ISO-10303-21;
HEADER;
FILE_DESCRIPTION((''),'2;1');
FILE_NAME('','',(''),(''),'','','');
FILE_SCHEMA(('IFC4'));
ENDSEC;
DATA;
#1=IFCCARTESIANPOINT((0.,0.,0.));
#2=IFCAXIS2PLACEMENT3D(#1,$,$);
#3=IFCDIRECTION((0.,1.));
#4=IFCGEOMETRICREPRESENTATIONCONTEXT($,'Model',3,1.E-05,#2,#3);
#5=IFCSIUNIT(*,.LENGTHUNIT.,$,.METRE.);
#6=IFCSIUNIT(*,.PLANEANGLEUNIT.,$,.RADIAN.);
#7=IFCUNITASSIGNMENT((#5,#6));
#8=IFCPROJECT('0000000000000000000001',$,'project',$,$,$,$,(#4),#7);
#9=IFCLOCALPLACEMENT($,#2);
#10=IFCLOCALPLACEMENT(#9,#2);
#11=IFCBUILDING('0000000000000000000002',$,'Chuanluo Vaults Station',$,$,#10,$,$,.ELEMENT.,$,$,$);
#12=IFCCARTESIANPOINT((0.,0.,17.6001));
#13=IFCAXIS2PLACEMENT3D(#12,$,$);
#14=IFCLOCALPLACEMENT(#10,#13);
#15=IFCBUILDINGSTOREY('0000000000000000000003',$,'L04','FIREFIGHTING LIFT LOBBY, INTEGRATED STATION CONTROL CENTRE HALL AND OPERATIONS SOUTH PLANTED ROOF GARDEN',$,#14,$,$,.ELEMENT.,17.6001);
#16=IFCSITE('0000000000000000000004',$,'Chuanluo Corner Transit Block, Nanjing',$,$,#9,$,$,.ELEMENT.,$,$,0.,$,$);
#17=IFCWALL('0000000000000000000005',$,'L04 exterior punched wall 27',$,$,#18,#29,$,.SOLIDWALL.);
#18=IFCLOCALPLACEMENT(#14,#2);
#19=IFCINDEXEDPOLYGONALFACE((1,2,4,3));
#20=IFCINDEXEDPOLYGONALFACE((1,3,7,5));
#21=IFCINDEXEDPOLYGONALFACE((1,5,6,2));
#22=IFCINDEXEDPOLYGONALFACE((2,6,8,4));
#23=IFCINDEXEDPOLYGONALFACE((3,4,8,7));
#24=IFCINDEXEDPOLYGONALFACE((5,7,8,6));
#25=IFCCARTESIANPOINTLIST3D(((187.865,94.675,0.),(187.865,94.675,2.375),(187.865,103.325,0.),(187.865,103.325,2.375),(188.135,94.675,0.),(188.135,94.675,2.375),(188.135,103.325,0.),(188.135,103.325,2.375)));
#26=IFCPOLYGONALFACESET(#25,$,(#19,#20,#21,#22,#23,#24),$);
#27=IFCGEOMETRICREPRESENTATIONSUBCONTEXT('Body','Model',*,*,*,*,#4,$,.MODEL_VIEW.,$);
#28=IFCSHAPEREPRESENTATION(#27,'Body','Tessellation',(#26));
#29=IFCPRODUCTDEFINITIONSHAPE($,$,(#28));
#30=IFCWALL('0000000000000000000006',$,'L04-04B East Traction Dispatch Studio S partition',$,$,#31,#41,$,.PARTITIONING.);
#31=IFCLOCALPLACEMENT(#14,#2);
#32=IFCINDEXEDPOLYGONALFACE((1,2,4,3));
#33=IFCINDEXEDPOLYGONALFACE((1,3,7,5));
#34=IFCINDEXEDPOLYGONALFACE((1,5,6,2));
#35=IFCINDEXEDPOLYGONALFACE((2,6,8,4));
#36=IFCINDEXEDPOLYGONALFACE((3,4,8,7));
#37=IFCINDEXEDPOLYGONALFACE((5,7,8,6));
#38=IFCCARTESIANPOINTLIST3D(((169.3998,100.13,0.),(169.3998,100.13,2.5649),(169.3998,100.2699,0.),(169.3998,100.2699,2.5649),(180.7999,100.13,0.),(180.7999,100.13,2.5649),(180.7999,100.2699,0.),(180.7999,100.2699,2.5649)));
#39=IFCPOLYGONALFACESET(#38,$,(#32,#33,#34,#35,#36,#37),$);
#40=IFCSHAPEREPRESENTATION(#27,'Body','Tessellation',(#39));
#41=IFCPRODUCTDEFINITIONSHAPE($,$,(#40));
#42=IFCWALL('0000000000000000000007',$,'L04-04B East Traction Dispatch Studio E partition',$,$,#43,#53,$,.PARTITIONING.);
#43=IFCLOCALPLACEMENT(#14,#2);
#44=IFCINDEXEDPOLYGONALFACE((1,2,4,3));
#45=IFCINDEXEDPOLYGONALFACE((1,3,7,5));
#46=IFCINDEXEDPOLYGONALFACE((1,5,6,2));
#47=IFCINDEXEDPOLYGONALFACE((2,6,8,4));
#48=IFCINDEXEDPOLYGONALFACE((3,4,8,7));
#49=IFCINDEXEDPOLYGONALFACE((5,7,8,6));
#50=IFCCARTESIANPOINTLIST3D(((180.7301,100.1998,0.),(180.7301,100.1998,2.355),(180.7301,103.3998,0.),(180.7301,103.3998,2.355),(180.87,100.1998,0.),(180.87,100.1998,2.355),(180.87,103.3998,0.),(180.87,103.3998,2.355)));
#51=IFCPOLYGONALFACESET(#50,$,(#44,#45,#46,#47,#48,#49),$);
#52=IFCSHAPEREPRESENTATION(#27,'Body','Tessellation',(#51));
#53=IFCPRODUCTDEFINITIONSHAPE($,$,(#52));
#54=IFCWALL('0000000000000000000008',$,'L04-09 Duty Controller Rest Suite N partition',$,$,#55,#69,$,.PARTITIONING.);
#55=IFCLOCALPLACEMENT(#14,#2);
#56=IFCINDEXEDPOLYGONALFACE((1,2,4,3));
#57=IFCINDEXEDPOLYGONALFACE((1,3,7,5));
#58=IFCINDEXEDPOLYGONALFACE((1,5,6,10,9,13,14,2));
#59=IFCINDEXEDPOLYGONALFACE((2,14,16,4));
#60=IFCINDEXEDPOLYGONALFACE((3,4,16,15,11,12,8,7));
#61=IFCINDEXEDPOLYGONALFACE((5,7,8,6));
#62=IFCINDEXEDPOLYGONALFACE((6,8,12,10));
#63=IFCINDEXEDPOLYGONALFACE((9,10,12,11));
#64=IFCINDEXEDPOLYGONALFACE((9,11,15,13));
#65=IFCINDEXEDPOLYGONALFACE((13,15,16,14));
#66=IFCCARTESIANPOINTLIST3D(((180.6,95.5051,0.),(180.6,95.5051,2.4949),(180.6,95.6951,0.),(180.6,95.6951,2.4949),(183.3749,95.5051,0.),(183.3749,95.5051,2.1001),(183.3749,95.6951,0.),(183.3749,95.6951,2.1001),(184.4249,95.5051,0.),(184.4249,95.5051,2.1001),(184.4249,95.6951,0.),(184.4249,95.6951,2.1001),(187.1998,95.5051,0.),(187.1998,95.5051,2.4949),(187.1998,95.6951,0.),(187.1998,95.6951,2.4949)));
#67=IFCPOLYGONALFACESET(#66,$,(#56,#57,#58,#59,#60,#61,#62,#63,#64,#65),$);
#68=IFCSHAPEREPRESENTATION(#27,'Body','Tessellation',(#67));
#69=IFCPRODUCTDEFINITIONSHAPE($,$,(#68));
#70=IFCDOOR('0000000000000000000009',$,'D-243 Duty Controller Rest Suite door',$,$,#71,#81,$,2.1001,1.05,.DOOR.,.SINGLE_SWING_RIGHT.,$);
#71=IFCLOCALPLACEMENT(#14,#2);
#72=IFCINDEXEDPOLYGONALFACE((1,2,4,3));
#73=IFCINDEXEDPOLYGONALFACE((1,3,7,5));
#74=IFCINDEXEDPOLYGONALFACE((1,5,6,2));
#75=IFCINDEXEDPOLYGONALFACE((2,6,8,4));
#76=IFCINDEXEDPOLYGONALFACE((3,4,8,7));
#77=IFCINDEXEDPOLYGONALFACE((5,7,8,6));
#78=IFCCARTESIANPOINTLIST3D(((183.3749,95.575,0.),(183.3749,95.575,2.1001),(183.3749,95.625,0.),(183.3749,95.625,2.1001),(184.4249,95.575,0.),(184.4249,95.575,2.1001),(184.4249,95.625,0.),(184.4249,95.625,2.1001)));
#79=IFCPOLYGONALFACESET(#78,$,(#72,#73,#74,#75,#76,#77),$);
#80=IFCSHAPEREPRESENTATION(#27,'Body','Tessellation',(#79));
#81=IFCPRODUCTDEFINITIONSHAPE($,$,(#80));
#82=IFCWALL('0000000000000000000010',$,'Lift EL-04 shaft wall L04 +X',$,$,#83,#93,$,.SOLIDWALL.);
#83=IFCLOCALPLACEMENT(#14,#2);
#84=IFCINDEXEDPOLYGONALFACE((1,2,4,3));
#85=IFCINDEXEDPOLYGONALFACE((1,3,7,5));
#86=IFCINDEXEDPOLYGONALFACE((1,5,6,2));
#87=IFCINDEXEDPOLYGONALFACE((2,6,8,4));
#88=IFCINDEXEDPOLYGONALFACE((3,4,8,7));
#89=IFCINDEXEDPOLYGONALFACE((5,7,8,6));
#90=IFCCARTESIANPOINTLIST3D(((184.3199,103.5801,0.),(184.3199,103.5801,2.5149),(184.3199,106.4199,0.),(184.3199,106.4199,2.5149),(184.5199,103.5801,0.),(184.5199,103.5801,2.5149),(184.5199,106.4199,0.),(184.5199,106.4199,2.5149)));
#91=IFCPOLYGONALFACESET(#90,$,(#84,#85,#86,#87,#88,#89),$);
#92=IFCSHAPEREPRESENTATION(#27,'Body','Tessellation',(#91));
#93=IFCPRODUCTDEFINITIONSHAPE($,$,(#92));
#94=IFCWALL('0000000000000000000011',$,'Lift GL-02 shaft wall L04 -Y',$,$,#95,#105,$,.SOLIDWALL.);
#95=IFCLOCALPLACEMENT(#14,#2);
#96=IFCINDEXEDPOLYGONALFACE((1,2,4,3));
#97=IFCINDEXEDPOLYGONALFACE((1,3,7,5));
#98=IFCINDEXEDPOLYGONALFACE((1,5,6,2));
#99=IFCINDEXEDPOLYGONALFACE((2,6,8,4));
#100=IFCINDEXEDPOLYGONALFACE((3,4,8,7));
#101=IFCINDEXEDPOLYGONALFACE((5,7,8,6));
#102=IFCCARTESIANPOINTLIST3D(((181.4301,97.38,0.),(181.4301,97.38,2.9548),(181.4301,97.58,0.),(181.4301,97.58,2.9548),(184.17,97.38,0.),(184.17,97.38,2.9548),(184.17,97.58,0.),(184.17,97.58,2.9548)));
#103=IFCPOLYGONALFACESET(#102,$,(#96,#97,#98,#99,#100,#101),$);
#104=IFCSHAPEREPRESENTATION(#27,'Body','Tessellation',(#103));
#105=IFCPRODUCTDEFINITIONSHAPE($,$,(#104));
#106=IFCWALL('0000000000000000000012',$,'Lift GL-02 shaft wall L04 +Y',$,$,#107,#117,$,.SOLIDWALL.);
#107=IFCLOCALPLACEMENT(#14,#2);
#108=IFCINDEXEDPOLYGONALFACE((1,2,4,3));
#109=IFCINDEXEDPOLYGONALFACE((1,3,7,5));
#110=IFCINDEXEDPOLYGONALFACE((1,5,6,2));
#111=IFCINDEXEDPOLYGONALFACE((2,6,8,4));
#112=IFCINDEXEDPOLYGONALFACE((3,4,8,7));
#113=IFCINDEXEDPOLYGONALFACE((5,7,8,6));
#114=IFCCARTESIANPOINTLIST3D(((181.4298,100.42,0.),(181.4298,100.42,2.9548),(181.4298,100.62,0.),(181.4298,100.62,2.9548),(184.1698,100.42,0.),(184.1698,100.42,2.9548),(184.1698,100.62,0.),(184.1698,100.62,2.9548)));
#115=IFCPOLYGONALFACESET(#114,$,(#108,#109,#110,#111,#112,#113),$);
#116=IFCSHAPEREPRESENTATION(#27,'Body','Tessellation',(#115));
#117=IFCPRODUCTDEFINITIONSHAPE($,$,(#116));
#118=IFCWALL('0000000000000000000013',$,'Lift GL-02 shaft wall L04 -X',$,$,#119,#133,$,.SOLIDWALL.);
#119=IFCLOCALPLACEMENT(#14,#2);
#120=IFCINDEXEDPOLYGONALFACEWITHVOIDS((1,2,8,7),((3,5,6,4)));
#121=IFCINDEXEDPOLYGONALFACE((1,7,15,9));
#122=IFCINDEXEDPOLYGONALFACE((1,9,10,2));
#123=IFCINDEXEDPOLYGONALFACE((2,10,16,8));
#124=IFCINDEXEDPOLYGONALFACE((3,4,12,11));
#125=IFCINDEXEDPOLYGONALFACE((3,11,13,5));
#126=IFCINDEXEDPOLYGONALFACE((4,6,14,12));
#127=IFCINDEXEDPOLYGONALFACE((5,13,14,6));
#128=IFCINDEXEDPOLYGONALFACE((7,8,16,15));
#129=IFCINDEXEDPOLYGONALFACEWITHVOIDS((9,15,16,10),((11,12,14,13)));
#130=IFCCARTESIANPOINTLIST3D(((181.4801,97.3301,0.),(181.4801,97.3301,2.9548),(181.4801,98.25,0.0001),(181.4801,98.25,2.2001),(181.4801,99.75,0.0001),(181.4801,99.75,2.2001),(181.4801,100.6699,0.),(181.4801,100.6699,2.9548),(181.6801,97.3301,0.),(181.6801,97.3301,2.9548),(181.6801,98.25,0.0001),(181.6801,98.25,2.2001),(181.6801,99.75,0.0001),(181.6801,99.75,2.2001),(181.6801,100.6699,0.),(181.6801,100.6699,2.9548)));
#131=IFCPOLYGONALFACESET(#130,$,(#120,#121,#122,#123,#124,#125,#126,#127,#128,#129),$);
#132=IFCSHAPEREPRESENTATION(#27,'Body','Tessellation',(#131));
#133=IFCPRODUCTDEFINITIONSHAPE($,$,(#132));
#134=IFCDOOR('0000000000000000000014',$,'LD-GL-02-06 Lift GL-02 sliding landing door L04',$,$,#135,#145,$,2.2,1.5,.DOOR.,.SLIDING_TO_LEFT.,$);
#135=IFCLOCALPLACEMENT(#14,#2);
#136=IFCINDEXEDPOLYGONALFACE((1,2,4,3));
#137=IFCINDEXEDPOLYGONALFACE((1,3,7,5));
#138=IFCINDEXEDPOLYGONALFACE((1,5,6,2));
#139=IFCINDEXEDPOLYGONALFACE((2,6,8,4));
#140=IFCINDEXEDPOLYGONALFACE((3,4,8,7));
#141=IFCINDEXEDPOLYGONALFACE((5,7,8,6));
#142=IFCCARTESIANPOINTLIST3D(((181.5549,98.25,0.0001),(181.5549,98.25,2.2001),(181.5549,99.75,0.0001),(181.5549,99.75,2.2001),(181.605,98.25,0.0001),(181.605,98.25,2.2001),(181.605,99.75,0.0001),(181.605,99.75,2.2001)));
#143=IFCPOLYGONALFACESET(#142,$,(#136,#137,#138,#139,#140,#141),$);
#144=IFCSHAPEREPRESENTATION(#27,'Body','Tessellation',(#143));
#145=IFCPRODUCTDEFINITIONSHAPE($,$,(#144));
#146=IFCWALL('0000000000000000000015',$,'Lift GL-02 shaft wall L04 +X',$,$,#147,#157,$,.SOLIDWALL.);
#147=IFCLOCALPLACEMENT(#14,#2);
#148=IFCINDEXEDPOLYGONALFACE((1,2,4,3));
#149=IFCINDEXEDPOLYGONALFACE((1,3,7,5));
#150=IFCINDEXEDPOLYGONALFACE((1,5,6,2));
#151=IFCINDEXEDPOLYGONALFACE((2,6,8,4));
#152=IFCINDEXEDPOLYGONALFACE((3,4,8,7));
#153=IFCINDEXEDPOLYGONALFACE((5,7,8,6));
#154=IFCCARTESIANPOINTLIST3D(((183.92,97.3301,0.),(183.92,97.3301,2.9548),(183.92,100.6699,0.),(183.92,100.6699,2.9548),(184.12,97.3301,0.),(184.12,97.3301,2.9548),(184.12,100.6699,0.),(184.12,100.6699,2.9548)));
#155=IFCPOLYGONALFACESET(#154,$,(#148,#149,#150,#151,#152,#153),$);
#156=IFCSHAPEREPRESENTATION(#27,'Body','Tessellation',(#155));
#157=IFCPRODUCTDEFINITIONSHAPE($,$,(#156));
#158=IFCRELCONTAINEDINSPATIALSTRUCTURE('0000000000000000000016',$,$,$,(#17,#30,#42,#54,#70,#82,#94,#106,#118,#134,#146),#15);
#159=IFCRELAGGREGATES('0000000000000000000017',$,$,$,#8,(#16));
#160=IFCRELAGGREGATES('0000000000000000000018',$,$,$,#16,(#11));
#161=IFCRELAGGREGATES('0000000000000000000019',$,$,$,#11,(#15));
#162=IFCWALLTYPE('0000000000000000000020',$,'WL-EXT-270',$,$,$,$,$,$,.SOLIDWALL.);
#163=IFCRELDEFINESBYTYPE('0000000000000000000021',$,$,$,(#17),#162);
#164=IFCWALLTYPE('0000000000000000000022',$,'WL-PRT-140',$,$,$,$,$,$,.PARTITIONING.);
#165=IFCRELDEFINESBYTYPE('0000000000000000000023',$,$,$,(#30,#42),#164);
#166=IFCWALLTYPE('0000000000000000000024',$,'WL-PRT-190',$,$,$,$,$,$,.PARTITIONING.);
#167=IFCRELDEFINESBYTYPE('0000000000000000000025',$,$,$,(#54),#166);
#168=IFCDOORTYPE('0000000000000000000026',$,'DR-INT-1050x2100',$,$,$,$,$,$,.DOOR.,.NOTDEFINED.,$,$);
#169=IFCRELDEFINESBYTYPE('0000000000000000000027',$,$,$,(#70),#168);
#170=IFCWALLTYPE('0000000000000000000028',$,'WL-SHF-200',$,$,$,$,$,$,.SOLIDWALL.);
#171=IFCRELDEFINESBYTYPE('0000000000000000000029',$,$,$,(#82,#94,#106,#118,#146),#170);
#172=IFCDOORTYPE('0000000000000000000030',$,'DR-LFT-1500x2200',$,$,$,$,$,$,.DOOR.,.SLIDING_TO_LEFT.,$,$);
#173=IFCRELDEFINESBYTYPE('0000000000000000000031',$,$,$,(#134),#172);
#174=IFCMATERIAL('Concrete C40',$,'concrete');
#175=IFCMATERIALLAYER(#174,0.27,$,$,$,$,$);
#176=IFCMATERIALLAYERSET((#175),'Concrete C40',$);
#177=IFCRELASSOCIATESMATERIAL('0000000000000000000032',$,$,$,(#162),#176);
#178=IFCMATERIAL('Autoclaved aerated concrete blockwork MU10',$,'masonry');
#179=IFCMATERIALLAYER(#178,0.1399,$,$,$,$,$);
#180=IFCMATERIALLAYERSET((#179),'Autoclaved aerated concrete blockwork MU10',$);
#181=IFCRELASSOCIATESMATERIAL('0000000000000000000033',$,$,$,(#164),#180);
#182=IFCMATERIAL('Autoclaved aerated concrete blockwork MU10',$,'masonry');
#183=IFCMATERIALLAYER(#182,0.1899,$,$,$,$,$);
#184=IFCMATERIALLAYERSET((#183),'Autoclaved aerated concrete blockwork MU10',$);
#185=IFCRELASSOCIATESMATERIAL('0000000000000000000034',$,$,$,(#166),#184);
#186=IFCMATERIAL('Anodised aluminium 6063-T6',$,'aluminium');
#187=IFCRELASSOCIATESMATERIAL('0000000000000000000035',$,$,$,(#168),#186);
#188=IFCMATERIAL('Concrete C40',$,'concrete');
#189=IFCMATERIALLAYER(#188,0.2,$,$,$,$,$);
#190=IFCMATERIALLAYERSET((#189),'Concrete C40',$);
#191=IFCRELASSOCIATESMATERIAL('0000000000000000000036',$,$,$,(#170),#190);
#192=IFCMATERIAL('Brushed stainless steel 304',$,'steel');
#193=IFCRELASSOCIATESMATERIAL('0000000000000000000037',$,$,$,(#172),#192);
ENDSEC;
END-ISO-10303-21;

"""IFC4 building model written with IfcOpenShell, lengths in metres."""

from ifc_helpers import new_model, si_unit, direction, frame, frame_2d, origin, place, context, subcontext, project, spatial, rectangle, extrude, material, layer, layer_set, type_object, element, fill, save


model = new_model("IFC4")

# Units and contexts
model_context = context("Model", 3, precision=1e-05, world=origin(), true_north=direction((0.0, 1.0)))
body_context = subcontext(model_context, "Body", "Model", "MODEL_VIEW")
ifc_project = project(units=[si_unit("LENGTHUNIT", "METRE"), si_unit("PLANEANGLEUNIT", "RADIAN")], contexts=[model_context])

# Site, building, storey
site_placement = place(None, origin())
site = spatial("IfcSite", under=ifc_project, at=site_placement, Name="Chuanluo Corner Transit Block, Nanjing", CompositionType="ELEMENT", RefElevation=0.0)
building_placement = place(site_placement, origin())
building = spatial("IfcBuilding", under=site, at=building_placement, Name="Chuanluo Vaults Station", CompositionType="ELEMENT")
storey_placement = place(building_placement, frame((0.0, 0.0, 17.6001)))
storey = spatial("IfcBuildingStorey", under=building, at=storey_placement, Name="L04", Description="FIREFIGHTING LIFT LOBBY, INTEGRATED STATION CONTROL CENTRE HALL AND OPERATIONS SOUTH PLANTED ROOF GARDEN", CompositionType="ELEMENT", Elevation=17.6001)

# Walls
ifc_material_1 = material(Name="Concrete C40", Category="concrete")
ifc_layer_1 = layer(ifc_material_1, 0.27)
ifc_layer_set_1 = layer_set([ifc_layer_1], Name="Concrete C40")
wall_type_1 = type_object("IfcWallType", Name="WL-EXT-270", PredefinedType="SOLIDWALL", material=ifc_layer_set_1)
wall_1_placement = place(storey_placement, frame((188.0, 103.325, 0.0), z_axis=(0.0, 0.0, 1.0), x_axis=(0.0, -1.0, 0.0)))
element("IfcWall", 1, at=wall_1_placement, inside=storey, type_object=wall_type_1, Name="L04 exterior punched wall 27", PredefinedType="SOLIDWALL", context=body_context, shape_type="SweptSolid", body=[
    extrude(rectangle(XDim=8.6499, YDim=0.27, at=frame_2d((4.325, 0.0))), origin(), (0.0, 0.0, 1.0), 2.375),
])
ifc_material_2 = material(Name="Autoclaved aerated concrete blockwork MU10", Category="masonry")
ifc_layer_2 = layer(ifc_material_2, 0.1399)
ifc_layer_set_2 = layer_set([ifc_layer_2], Name="Autoclaved aerated concrete blockwork MU10")
wall_type_2 = type_object("IfcWallType", Name="WL-PRT-140", PredefinedType="PARTITIONING", material=ifc_layer_set_2)
wall_2_placement = place(storey_placement, frame((180.8, 100.2, 0.0), z_axis=(0.0, 0.0, 1.0), x_axis=(-1.0, 0.0, 0.0)))
element("IfcWall", 2, at=wall_2_placement, inside=storey, type_object=wall_type_2, Name="L04-04B East Traction Dispatch Studio S partition", PredefinedType="PARTITIONING", context=body_context, shape_type="SweptSolid", body=[
    extrude(rectangle(XDim=11.4001, YDim=0.1399, at=frame_2d((5.7002, 0.0))), origin(), (0.0, 0.0, 1.0), 2.5649),
])
wall_3_placement = place(storey_placement, frame((180.8, 103.3999, 0.0), z_axis=(0.0, 0.0, 1.0), x_axis=(0.0, -1.0, 0.0)))
element("IfcWall", 3, at=wall_3_placement, inside=storey, type_object=wall_type_2, Name="L04-04B East Traction Dispatch Studio E partition", PredefinedType="PARTITIONING", context=body_context, shape_type="SweptSolid", body=[
    extrude(rectangle(XDim=3.2, YDim=0.1399, at=frame_2d((1.6001, 0.0))), origin(), (0.0, 0.0, 1.0), 2.355),
])

# Wall, opening, door
ifc_material_3 = material(Name="Autoclaved aerated concrete blockwork MU10", Category="masonry")
ifc_layer_3 = layer(ifc_material_3, 0.1899)
ifc_layer_set_3 = layer_set([ifc_layer_3], Name="Autoclaved aerated concrete blockwork MU10")
wall_type_3 = type_object("IfcWallType", Name="WL-PRT-190", PredefinedType="PARTITIONING", material=ifc_layer_set_3)
wall_4_placement = place(storey_placement, frame((180.6001, 95.6001, 0.0), z_axis=(0.0, 0.0, 1.0), x_axis=(1.0, 0.0, 0.0)))
wall_4 = element("IfcWall", 4, at=wall_4_placement, inside=storey, type_object=wall_type_3, Name="L04-09 Duty Controller Rest Suite N partition", PredefinedType="PARTITIONING", context=body_context, shape_type="SweptSolid", body=[
    extrude(rectangle(XDim=6.5999, YDim=0.1899, at=frame_2d((3.2998, 0.0))), origin(), (0.0, 0.0, 1.0), 2.4949),
])
opening_1_placement = place(wall_4_placement, frame((2.7749, 0.0, 0.0)))
opening_1 = element("IfcOpeningElement", 5, at=opening_1_placement, cuts=wall_4, PredefinedType="OPENING", context=body_context, shape_type="SweptSolid", body=[
    extrude(rectangle(XDim=1.05, YDim=2.1001, at=frame_2d((0.5249, 1.05))), frame((0.0, 0.105, 0.0), z_axis=(0.0, -1.0, 0.0), x_axis=(1.0, 0.0, 0.0)), (0.0, 0.0, 1.0), 0.2099),
])
ifc_material_4 = material(Name="Anodised aluminium 6063-T6", Category="aluminium")
door_type_1 = type_object("IfcDoorType", Name="DR-INT-1050x2100", OperationType="NOTDEFINED", PredefinedType="DOOR", material=ifc_material_4)
door_1_placement = place(opening_1_placement, origin())
door_1 = element("IfcDoor", 6, at=door_1_placement, inside=storey, type_object=door_type_1, Name="D-243 Duty Controller Rest Suite door", OperationType="SINGLE_SWING_RIGHT", OverallHeight=2.1001, OverallWidth=1.05, PredefinedType="DOOR", context=body_context, shape_type="SweptSolid", body=[
    extrude(rectangle(XDim=1.05, YDim=2.1001, at=frame_2d((0.5249, 1.05))), frame((0.0, 0.0249, 0.0), z_axis=(0.0, -1.0, 0.0), x_axis=(1.0, 0.0, 0.0)), (0.0, 0.0, 1.0), 0.05),
])
fill(opening_1, door_1)
ifc_material_5 = material(Name="Concrete C40", Category="concrete")
ifc_layer_4 = layer(ifc_material_5, 0.2)
ifc_layer_set_4 = layer_set([ifc_layer_4], Name="Concrete C40")
wall_type_4 = type_object("IfcWallType", Name="WL-SHF-200", PredefinedType="SOLIDWALL", material=ifc_layer_set_4)

# Walls
wall_5_placement = place(storey_placement, frame((184.4199, 103.5801, 0.0), z_axis=(0.0, 0.0, 1.0), x_axis=(0.0, 1.0, 0.0)))
element("IfcWall", 7, at=wall_5_placement, inside=storey, type_object=wall_type_4, Name="Lift EL-04 shaft wall L04 +X", PredefinedType="SOLIDWALL", context=body_context, shape_type="SweptSolid", body=[
    extrude(rectangle(XDim=2.8398, YDim=0.2, at=frame_2d((1.4199, 0.0))), origin(), (0.0, 0.0, 1.0), 2.5149),
])
for number, where, z_axis, x_axis, name in (
    (8, (181.4299, 97.48, 0.0), (0.0, 0.0, 1.0), (1.0, 0.0, 0.0), "Lift GL-02 shaft wall L04 -Y"),
    (9, (184.1699, 100.52, 0.0), (0.0, 0.0, 1.0), (-1.0, 0.0, 0.0), "Lift GL-02 shaft wall L04 +Y"),
):
    element("IfcWall", number, at=place(storey_placement, frame(where, z_axis=z_axis, x_axis=x_axis)), inside=storey, type_object=wall_type_4, Name=name, PredefinedType="SOLIDWALL", context=body_context, shape_type="SweptSolid", body=[
        extrude(rectangle(XDim=2.74, YDim=0.2, at=frame_2d((1.3701, 0.0))), origin(), (0.0, 0.0, 1.0), 2.9548),
    ])

# Wall, opening, door
wall_6_placement = place(storey_placement, frame((181.5801, 100.6699, 0.0), z_axis=(0.0, 0.0, 1.0), x_axis=(0.0, -1.0, 0.0)))
wall_6 = element("IfcWall", 10, at=wall_6_placement, inside=storey, type_object=wall_type_4, Name="Lift GL-02 shaft wall L04 -X", PredefinedType="SOLIDWALL", context=body_context, shape_type="SweptSolid", body=[
    extrude(rectangle(XDim=3.3398, YDim=0.2, at=frame_2d((1.6699, 0.0))), origin(), (0.0, 0.0, 1.0), 2.9548),
])
opening_2_placement = place(wall_6_placement, frame((0.9199, 0.0, 0.0)))
opening_2 = element("IfcOpeningElement", 11, at=opening_2_placement, cuts=wall_6, PredefinedType="OPENING", context=body_context, shape_type="SweptSolid", body=[
    extrude(rectangle(XDim=1.5, YDim=2.2, at=frame_2d((0.75, 1.1001))), frame((0.0, 0.1101, 0.0), z_axis=(0.0, -1.0, 0.0), x_axis=(1.0, 0.0, 0.0)), (0.0, 0.0, 1.0), 0.22),
])
ifc_material_6 = material(Name="Brushed stainless steel 304", Category="steel")
door_type_2 = type_object("IfcDoorType", Name="DR-LFT-1500x2200", OperationType="SLIDING_TO_LEFT", PredefinedType="DOOR", material=ifc_material_6)
door_2_placement = place(opening_2_placement, origin())
door_2 = element("IfcDoor", 12, at=door_2_placement, inside=storey, type_object=door_type_2, Name="LD-GL-02-06 Lift GL-02 sliding landing door L04", OperationType="SLIDING_TO_LEFT", OverallHeight=2.2, OverallWidth=1.5, PredefinedType="DOOR", context=body_context, shape_type="SweptSolid", body=[
    extrude(rectangle(XDim=1.5, YDim=2.2, at=frame_2d((0.75, 1.1001))), frame((0.0, 0.0249, 0.0), z_axis=(0.0, -1.0, 0.0), x_axis=(1.0, 0.0, 0.0)), (0.0, 0.0, 1.0), 0.05),
])
fill(opening_2, door_2)

# Wall
wall_7_placement = place(storey_placement, frame((184.02, 97.3301, 0.0), z_axis=(0.0, 0.0, 1.0), x_axis=(0.0, 1.0, 0.0)))
element("IfcWall", 13, at=wall_7_placement, inside=storey, type_object=wall_type_4, Name="Lift GL-02 shaft wall L04 +X", PredefinedType="SOLIDWALL", context=body_context, shape_type="SweptSolid", body=[
    extrude(rectangle(XDim=3.3398, YDim=0.2, at=frame_2d((1.6699, 0.0))), origin(), (0.0, 0.0, 1.0), 2.9548),
])

save(model, "model.ifc")
